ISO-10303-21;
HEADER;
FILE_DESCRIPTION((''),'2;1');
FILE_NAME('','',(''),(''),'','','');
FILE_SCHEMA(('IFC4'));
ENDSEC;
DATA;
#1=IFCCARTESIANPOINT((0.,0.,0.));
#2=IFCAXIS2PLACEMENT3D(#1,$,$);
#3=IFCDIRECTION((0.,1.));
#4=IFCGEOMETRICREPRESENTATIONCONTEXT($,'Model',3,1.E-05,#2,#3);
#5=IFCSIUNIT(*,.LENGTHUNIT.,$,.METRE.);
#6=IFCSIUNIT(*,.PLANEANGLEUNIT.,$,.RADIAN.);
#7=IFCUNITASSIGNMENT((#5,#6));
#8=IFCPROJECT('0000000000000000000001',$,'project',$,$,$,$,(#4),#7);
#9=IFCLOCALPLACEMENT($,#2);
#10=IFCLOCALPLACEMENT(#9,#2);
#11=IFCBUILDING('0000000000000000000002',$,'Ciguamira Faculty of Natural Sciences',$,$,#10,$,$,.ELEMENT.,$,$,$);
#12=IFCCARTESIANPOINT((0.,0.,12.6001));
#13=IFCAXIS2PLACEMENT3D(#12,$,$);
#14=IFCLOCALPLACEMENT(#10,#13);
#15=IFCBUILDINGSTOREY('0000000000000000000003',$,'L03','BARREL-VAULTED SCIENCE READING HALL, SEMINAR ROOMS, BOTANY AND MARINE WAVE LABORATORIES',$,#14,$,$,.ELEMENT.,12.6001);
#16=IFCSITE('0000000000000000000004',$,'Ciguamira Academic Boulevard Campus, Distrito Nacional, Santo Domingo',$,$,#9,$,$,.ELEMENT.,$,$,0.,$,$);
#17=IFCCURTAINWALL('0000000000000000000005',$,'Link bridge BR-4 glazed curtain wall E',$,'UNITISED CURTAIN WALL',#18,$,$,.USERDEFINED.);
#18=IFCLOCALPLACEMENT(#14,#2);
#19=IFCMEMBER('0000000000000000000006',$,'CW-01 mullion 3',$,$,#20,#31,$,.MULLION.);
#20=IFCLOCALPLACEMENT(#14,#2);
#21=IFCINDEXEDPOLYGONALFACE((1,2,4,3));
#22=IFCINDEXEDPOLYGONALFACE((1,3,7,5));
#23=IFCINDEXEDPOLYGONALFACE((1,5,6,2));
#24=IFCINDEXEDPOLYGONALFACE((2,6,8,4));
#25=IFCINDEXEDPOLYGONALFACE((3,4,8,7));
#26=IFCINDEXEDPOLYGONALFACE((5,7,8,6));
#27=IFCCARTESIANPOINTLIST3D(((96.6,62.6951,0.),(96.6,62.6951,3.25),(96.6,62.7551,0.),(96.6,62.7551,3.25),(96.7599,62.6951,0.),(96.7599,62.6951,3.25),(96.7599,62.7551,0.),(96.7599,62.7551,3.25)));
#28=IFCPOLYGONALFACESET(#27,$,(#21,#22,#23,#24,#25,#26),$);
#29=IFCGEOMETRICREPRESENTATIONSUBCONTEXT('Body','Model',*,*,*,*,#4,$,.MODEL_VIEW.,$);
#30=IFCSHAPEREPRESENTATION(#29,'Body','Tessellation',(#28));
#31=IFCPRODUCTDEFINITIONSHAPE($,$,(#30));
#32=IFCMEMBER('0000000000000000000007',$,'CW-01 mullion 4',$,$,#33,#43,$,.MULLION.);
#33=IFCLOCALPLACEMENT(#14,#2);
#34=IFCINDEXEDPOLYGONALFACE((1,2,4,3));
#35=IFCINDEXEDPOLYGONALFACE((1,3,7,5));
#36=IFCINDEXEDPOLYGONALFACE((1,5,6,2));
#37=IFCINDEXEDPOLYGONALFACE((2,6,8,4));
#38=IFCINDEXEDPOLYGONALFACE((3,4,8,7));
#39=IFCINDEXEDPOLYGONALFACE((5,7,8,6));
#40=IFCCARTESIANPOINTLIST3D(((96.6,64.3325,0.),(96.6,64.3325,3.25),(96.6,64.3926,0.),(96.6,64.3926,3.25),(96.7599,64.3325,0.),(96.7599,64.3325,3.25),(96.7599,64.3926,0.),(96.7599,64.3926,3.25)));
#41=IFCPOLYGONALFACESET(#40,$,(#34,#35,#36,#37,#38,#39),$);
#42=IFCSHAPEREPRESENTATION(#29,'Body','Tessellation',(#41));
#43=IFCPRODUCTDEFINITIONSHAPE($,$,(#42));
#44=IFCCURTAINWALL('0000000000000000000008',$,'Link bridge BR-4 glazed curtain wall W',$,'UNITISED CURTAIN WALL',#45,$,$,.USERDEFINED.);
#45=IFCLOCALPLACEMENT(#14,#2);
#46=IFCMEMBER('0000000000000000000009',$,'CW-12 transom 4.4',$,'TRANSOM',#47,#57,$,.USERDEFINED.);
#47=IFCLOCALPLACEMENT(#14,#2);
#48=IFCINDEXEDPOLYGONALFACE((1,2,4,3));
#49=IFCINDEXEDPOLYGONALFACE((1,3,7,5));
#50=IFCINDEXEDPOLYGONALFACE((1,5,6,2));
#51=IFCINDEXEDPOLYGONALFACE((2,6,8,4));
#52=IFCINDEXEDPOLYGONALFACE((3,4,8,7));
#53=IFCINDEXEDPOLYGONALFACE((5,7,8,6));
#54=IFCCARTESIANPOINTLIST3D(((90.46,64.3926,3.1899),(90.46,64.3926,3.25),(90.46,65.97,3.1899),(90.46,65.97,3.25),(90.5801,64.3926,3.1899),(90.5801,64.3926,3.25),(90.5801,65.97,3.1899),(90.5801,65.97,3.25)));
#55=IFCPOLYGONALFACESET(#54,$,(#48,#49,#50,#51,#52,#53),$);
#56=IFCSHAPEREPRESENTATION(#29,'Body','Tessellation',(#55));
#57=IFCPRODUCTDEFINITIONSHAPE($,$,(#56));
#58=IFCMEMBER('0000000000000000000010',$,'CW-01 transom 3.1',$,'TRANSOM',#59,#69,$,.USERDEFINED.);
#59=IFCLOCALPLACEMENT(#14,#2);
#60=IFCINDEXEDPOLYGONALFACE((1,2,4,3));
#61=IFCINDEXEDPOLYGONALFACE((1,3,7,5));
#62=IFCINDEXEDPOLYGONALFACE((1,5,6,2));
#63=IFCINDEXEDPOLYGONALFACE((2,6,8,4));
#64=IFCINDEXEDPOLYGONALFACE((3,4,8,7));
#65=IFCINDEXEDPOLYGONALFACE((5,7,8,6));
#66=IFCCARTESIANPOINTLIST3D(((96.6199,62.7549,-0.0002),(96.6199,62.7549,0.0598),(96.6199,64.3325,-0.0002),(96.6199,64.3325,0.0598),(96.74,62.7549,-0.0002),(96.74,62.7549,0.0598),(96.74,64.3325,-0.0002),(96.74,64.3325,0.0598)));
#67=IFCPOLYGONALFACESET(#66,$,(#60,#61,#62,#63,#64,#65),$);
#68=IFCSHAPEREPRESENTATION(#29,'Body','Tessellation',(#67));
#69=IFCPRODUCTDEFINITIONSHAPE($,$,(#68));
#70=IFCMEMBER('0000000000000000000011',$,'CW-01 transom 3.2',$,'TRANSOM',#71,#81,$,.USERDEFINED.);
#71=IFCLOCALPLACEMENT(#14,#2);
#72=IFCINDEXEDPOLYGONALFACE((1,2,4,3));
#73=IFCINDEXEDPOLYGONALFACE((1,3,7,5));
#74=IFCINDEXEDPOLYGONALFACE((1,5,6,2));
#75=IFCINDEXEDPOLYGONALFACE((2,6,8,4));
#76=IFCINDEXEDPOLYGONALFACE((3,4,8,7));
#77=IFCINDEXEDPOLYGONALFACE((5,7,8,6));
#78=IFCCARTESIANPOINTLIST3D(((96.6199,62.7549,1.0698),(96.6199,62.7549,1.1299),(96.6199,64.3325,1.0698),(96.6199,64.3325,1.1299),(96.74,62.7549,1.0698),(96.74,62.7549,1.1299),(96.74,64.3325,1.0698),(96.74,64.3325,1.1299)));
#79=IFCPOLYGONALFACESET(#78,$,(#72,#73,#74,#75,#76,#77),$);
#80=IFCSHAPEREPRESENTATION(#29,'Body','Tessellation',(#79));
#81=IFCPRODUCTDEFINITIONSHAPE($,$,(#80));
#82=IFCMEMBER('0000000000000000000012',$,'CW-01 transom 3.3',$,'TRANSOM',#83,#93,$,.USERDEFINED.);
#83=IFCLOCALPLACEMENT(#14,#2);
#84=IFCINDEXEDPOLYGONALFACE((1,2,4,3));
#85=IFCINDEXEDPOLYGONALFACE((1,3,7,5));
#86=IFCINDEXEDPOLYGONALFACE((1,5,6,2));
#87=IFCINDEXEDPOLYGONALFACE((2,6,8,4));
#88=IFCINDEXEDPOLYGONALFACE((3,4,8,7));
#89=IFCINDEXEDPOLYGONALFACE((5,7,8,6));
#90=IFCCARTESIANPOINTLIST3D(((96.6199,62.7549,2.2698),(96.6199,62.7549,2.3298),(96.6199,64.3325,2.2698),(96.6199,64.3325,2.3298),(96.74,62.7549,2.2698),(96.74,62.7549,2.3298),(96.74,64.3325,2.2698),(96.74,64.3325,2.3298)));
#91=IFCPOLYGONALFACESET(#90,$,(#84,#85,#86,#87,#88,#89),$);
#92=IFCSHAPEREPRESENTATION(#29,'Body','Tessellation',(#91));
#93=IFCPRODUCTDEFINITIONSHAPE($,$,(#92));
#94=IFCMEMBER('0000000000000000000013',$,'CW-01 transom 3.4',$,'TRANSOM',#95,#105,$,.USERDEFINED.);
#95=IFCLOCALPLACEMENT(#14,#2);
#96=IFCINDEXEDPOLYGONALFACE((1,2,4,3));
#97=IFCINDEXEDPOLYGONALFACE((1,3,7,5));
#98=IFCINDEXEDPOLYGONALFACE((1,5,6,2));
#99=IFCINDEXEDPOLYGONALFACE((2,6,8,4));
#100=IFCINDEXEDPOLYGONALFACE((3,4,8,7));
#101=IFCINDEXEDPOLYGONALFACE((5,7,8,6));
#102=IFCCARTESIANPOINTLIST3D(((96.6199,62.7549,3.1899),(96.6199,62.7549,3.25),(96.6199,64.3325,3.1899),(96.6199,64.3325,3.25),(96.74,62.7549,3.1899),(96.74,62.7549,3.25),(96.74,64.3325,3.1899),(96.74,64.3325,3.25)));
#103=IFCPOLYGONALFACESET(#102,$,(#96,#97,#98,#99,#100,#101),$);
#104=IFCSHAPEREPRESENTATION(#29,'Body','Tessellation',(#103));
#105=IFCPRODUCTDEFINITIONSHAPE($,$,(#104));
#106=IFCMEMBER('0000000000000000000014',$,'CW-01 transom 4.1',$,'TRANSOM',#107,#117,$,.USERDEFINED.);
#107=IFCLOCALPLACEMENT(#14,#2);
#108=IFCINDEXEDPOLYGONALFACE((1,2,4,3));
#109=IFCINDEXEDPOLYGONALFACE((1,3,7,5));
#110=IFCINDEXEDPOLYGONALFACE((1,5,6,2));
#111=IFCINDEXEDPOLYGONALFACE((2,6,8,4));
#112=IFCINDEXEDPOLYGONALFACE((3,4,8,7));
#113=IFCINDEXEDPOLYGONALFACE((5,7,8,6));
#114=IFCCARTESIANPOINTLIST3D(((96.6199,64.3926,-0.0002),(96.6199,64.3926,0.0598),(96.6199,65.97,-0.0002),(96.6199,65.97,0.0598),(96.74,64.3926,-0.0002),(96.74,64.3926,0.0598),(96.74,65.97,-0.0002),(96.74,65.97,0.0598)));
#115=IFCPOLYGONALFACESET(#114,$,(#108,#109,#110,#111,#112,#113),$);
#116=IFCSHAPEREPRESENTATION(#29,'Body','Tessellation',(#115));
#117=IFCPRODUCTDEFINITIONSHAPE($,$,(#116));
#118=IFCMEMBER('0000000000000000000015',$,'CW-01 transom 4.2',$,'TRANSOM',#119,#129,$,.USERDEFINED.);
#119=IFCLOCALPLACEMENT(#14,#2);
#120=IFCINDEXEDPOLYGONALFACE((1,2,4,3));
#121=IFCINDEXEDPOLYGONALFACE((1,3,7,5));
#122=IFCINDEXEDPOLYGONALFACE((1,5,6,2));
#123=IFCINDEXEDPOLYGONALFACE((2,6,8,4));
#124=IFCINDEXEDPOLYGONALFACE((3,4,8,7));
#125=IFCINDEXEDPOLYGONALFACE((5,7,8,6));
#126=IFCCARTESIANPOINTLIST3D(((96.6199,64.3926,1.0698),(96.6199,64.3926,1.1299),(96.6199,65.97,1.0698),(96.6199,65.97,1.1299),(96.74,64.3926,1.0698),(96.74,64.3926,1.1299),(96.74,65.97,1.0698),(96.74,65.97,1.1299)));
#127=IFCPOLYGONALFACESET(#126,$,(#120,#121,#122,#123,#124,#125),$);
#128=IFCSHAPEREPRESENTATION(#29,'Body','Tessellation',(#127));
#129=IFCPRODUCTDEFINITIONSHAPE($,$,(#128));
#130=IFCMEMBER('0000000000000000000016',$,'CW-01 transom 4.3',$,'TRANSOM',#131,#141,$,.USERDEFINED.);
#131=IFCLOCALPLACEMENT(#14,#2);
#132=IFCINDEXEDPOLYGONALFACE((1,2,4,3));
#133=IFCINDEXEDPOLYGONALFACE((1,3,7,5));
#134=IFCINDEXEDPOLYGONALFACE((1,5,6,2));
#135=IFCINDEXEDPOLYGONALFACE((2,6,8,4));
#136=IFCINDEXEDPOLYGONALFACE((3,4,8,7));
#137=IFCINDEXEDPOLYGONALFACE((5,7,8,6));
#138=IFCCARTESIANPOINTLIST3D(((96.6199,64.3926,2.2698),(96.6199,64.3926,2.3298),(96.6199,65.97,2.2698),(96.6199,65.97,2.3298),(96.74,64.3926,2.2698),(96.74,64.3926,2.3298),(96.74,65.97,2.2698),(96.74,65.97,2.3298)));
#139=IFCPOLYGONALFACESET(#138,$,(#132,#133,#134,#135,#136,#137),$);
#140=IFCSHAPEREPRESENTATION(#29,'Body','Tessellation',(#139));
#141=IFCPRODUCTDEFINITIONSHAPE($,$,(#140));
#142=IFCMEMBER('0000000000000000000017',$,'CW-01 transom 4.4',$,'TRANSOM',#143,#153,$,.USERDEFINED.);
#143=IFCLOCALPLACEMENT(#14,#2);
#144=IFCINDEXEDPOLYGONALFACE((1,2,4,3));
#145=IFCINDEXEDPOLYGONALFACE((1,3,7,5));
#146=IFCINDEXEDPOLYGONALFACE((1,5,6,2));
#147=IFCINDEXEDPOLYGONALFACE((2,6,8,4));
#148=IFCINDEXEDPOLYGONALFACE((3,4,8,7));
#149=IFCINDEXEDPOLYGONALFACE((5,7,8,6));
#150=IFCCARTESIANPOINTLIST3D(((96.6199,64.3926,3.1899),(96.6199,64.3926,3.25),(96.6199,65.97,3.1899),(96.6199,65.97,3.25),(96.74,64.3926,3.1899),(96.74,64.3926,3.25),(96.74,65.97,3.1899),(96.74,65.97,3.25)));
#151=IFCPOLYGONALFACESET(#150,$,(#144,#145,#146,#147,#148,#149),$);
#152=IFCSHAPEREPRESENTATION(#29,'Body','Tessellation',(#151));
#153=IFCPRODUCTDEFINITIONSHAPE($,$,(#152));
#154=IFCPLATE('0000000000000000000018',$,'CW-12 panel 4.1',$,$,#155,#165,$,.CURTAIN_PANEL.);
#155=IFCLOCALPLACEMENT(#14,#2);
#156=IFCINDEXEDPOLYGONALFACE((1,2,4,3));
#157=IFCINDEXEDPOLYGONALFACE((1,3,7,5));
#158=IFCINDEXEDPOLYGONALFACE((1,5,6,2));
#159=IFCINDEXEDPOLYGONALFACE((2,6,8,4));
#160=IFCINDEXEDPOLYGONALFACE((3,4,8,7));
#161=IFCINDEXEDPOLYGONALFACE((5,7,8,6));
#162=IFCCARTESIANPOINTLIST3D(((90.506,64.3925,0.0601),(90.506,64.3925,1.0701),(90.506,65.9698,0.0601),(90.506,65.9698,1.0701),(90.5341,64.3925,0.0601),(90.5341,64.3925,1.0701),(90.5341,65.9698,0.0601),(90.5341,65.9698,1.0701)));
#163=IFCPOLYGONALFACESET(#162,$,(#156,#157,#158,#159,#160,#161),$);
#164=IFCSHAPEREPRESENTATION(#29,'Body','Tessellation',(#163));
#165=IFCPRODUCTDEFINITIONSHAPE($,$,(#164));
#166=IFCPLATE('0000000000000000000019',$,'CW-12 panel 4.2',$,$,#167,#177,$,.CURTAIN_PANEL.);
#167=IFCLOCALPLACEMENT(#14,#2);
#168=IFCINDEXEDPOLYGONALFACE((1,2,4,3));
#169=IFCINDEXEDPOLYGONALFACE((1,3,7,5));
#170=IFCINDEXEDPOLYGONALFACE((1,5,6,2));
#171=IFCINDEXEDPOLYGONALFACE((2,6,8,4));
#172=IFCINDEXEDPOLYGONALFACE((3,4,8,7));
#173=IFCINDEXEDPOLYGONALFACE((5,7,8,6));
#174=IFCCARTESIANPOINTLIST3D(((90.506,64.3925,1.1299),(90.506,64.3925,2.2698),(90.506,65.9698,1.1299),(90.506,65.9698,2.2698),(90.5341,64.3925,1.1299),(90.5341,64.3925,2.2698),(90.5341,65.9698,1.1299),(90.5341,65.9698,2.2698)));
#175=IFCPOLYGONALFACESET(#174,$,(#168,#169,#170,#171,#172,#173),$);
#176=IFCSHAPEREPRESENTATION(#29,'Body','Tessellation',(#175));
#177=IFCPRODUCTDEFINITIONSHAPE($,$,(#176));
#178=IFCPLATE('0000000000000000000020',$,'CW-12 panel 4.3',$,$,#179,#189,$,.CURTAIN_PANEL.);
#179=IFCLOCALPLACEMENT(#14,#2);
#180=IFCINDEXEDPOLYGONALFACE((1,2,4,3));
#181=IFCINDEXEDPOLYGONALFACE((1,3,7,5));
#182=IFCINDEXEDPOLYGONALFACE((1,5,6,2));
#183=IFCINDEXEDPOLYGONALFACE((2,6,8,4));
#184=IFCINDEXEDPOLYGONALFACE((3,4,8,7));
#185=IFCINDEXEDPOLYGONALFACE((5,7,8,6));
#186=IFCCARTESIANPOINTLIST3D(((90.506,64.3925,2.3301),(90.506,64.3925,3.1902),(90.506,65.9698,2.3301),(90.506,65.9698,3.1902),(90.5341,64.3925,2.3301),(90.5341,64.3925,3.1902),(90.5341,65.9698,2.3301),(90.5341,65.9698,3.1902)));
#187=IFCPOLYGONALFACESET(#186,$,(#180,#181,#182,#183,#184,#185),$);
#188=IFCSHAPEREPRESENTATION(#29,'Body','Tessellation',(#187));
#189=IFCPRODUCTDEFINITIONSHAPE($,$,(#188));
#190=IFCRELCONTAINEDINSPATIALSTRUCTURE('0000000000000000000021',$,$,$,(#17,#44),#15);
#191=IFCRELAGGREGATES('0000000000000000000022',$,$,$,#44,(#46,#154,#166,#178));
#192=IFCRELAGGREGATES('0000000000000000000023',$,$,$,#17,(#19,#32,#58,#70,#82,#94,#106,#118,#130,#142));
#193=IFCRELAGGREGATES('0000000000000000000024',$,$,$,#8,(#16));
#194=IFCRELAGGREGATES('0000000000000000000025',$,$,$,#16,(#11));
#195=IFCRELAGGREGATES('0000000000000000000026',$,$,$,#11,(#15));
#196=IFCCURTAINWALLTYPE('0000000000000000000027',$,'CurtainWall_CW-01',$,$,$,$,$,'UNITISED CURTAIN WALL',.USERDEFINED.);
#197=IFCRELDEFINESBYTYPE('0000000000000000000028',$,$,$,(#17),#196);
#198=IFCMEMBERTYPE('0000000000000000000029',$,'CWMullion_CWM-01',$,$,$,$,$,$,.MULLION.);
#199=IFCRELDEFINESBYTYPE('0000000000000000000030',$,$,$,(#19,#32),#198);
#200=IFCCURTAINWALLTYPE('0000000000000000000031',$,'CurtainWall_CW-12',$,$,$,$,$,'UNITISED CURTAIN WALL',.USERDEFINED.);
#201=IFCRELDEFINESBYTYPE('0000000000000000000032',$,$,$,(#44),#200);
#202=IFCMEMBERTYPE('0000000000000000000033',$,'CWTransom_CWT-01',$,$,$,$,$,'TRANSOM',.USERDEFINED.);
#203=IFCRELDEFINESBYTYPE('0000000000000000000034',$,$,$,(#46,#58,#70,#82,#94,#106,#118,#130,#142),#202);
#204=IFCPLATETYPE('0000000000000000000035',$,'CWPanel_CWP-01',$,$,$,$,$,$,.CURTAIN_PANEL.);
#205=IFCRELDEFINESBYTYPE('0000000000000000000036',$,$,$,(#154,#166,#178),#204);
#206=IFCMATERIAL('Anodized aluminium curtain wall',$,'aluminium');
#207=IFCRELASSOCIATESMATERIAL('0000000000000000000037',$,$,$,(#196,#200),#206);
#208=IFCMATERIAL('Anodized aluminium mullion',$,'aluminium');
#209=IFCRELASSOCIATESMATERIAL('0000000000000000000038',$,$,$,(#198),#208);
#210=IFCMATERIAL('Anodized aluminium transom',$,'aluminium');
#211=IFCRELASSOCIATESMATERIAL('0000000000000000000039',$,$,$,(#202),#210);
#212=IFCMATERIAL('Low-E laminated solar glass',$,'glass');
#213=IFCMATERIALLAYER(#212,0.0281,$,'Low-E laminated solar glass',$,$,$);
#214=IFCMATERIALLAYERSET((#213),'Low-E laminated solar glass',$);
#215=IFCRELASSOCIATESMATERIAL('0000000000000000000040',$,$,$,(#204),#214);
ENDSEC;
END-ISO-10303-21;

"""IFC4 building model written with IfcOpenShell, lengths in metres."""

from ifc_helpers import new_model, si_unit, direction, frame, origin, origin_2d, place, context, subcontext, project, spatial, rectangle, extrude, material, layer, layer_set, material_profile, profile_set, type_object, element, aggregate, save


model = new_model("IFC4")

# Units and contexts
model_context = context("Model", 3, precision=1e-05, world=origin(), true_north=direction((0.0, 1.0)))
body_context = subcontext(model_context, "Body", "Model", "MODEL_VIEW")
ifc_project = project(units=[si_unit("LENGTHUNIT", "METRE"), si_unit("PLANEANGLEUNIT", "RADIAN")], contexts=[model_context])

# Site, building, storey
site_placement = place(None, origin())
site = spatial("IfcSite", under=ifc_project, at=site_placement, Name="Ciguamira Academic Boulevard Campus, Distrito Nacional, Santo Domingo", CompositionType="ELEMENT", RefElevation=0.0)
building_placement = place(site_placement, origin())
building = spatial("IfcBuilding", under=site, at=building_placement, Name="Ciguamira Faculty of Natural Sciences", CompositionType="ELEMENT")
storey_placement = place(building_placement, frame((0.0, 0.0, 12.6001)))
storey = spatial("IfcBuildingStorey", under=building, at=storey_placement, Name="L03", Description="BARREL-VAULTED SCIENCE READING HALL, SEMINAR ROOMS, BOTANY AND MARINE WAVE LABORATORIES", CompositionType="ELEMENT", Elevation=12.6001)

# Curtain wall, members
ifc_material_1 = material(Name="Anodized aluminium curtain wall", Category="aluminium")
curtain_wall_type_1 = type_object("IfcCurtainWallType", Name="CurtainWall_CW-01", ElementType="UNITISED CURTAIN WALL", PredefinedType="USERDEFINED", material=ifc_material_1)
curtain_wall_1_placement = place(storey_placement, origin())
curtain_wall_1 = element("IfcCurtainWall", 1, at=curtain_wall_1_placement, inside=storey, type_object=curtain_wall_type_1, Name="Link bridge BR-4 glazed curtain wall E", ObjectType="UNITISED CURTAIN WALL", PredefinedType="USERDEFINED")
ifc_material_2 = material(Name="Anodized aluminium mullion", Category="aluminium")
ifc_material_profile_1 = material_profile(ifc_material_2, rectangle(XDim=0.0601, YDim=0.1599, at=origin_2d()), Name="ALU-MUL-60X160")
ifc_profile_set_1 = profile_set([ifc_material_profile_1], Name="Anodized aluminium mullion")
member_type_1 = type_object("IfcMemberType", Name="CWMullion_CWM-01", PredefinedType="MULLION", material=ifc_profile_set_1)
member_1_placement = place(storey_placement, frame((96.6799, 62.7251, 0.0), z_axis=(0.0, 0.0, 1.0), x_axis=(0.0, 1.0, 0.0)))
member_1 = element("IfcMember", 2, at=member_1_placement, type_object=member_type_1, Name="CW-01 mullion 3", PredefinedType="MULLION", context=body_context, shape_type="SweptSolid", body=[
    extrude(rectangle(XDim=0.0601, YDim=0.1599, at=origin_2d()), origin(), (0.0, 0.0, 1.0), 3.25),
])
member_2_placement = place(storey_placement, frame((96.6799, 64.3625, 0.0), z_axis=(0.0, 0.0, 1.0), x_axis=(0.0, 1.0, 0.0)))
member_2 = element("IfcMember", 3, at=member_2_placement, type_object=member_type_1, Name="CW-01 mullion 4", PredefinedType="MULLION", context=body_context, shape_type="SweptSolid", body=[
    extrude(rectangle(XDim=0.0601, YDim=0.1599, at=origin_2d()), origin(), (0.0, 0.0, 1.0), 3.25),
])

# Curtain wall, member
curtain_wall_type_2 = type_object("IfcCurtainWallType", Name="CurtainWall_CW-12", ElementType="UNITISED CURTAIN WALL", PredefinedType="USERDEFINED", material=ifc_material_1)
curtain_wall_2_placement = place(storey_placement, origin())
curtain_wall_2 = element("IfcCurtainWall", 4, at=curtain_wall_2_placement, inside=storey, type_object=curtain_wall_type_2, Name="Link bridge BR-4 glazed curtain wall W", ObjectType="UNITISED CURTAIN WALL", PredefinedType="USERDEFINED")
ifc_material_3 = material(Name="Anodized aluminium transom", Category="aluminium")
ifc_material_profile_2 = material_profile(ifc_material_3, rectangle(XDim=0.0601, YDim=0.1201, at=origin_2d()), Name="ALU-TRN-60X120")
ifc_profile_set_2 = profile_set([ifc_material_profile_2], Name="Anodized aluminium transom")
member_type_2 = type_object("IfcMemberType", Name="CWTransom_CWT-01", ElementType="TRANSOM", PredefinedType="USERDEFINED", material=ifc_profile_set_2)
member_3_placement = place(storey_placement, frame((90.52, 64.3926, 3.22), z_axis=(0.0, 1.0, 0.0), x_axis=(0.0, 0.0, 1.0)))
member_3 = element("IfcMember", 5, at=member_3_placement, type_object=member_type_2, Name="CW-12 transom 4.4", ObjectType="TRANSOM", PredefinedType="USERDEFINED", context=body_context, shape_type="SweptSolid", body=[
    extrude(rectangle(XDim=0.0601, YDim=0.1201, at=origin_2d()), origin(), (0.0, 0.0, 1.0), 1.5774),
])

# Members
member_4_placement = place(storey_placement, frame((96.6799, 62.7549, 0.0298), z_axis=(0.0, 1.0, 0.0), x_axis=(0.0, 0.0, 1.0)))
member_4 = element("IfcMember", 6, at=member_4_placement, type_object=member_type_2, Name="CW-01 transom 3.1", ObjectType="TRANSOM", PredefinedType="USERDEFINED", context=body_context, shape_type="SweptSolid", body=[
    extrude(rectangle(XDim=0.0601, YDim=0.1201, at=origin_2d()), origin(), (0.0, 0.0, 1.0), 1.5776),
])
member_5_placement = place(storey_placement, frame((96.6799, 62.7549, 1.0999), z_axis=(0.0, 1.0, 0.0), x_axis=(0.0, 0.0, 1.0)))
member_5 = element("IfcMember", 7, at=member_5_placement, type_object=member_type_2, Name="CW-01 transom 3.2", ObjectType="TRANSOM", PredefinedType="USERDEFINED", context=body_context, shape_type="SweptSolid", body=[
    extrude(rectangle(XDim=0.0601, YDim=0.1201, at=origin_2d()), origin(), (0.0, 0.0, 1.0), 1.5776),
])
member_6_placement = place(storey_placement, frame((96.6799, 62.7549, 2.2998), z_axis=(0.0, 1.0, 0.0), x_axis=(0.0, 0.0, 1.0)))
member_6 = element("IfcMember", 8, at=member_6_placement, type_object=member_type_2, Name="CW-01 transom 3.3", ObjectType="TRANSOM", PredefinedType="USERDEFINED", context=body_context, shape_type="SweptSolid", body=[
    extrude(rectangle(XDim=0.0601, YDim=0.1201, at=origin_2d()), origin(), (0.0, 0.0, 1.0), 1.5776),
])
member_7_placement = place(storey_placement, frame((96.6799, 62.7549, 3.22), z_axis=(0.0, 1.0, 0.0), x_axis=(0.0, 0.0, 1.0)))
member_7 = element("IfcMember", 9, at=member_7_placement, type_object=member_type_2, Name="CW-01 transom 3.4", ObjectType="TRANSOM", PredefinedType="USERDEFINED", context=body_context, shape_type="SweptSolid", body=[
    extrude(rectangle(XDim=0.0601, YDim=0.1201, at=origin_2d()), origin(), (0.0, 0.0, 1.0), 1.5776),
])
member_8_placement = place(storey_placement, frame((96.6799, 64.3926, 0.0298), z_axis=(0.0, 1.0, 0.0), x_axis=(0.0, 0.0, 1.0)))
member_8 = element("IfcMember", 10, at=member_8_placement, type_object=member_type_2, Name="CW-01 transom 4.1", ObjectType="TRANSOM", PredefinedType="USERDEFINED", context=body_context, shape_type="SweptSolid", body=[
    extrude(rectangle(XDim=0.0601, YDim=0.1201, at=origin_2d()), origin(), (0.0, 0.0, 1.0), 1.5774),
])
member_9_placement = place(storey_placement, frame((96.6799, 64.3926, 1.0999), z_axis=(0.0, 1.0, 0.0), x_axis=(0.0, 0.0, 1.0)))
member_9 = element("IfcMember", 11, at=member_9_placement, type_object=member_type_2, Name="CW-01 transom 4.2", ObjectType="TRANSOM", PredefinedType="USERDEFINED", context=body_context, shape_type="SweptSolid", body=[
    extrude(rectangle(XDim=0.0601, YDim=0.1201, at=origin_2d()), origin(), (0.0, 0.0, 1.0), 1.5774),
])
member_10_placement = place(storey_placement, frame((96.6799, 64.3926, 2.2998), z_axis=(0.0, 1.0, 0.0), x_axis=(0.0, 0.0, 1.0)))
member_10 = element("IfcMember", 12, at=member_10_placement, type_object=member_type_2, Name="CW-01 transom 4.3", ObjectType="TRANSOM", PredefinedType="USERDEFINED", context=body_context, shape_type="SweptSolid", body=[
    extrude(rectangle(XDim=0.0601, YDim=0.1201, at=origin_2d()), origin(), (0.0, 0.0, 1.0), 1.5774),
])
member_11_placement = place(storey_placement, frame((96.6799, 64.3926, 3.22), z_axis=(0.0, 1.0, 0.0), x_axis=(0.0, 0.0, 1.0)))
member_11 = element("IfcMember", 13, at=member_11_placement, type_object=member_type_2, Name="CW-01 transom 4.4", ObjectType="TRANSOM", PredefinedType="USERDEFINED", context=body_context, shape_type="SweptSolid", body=[
    extrude(rectangle(XDim=0.0601, YDim=0.1201, at=origin_2d()), origin(), (0.0, 0.0, 1.0), 1.5774),
])

# Plates
ifc_material_4 = material(Name="Low-E laminated solar glass", Category="glass")
ifc_layer = layer(ifc_material_4, 0.0281, Name="Low-E laminated solar glass")
ifc_layer_set = layer_set([ifc_layer], Name="Low-E laminated solar glass")
plate_type = type_object("IfcPlateType", Name="CWPanel_CWP-01", PredefinedType="CURTAIN_PANEL", material=ifc_layer_set)
plate_1_placement = place(storey_placement, frame((90.52, 65.1812, 0.0601), z_axis=(0.0, 0.0, 1.0), x_axis=(0.0, 1.0, 0.0)))
plate_1 = element("IfcPlate", 14, at=plate_1_placement, type_object=plate_type, Name="CW-12 panel 4.1", PredefinedType="CURTAIN_PANEL", context=body_context, shape_type="SweptSolid", body=[
    extrude(rectangle(XDim=1.5774, YDim=0.0281, at=origin_2d()), origin(), (0.0, 0.0, 1.0), 1.01),
])
plate_2_placement = place(storey_placement, frame((90.52, 65.1812, 1.1299), z_axis=(0.0, 0.0, 1.0), x_axis=(0.0, 1.0, 0.0)))
plate_2 = element("IfcPlate", 15, at=plate_2_placement, type_object=plate_type, Name="CW-12 panel 4.2", PredefinedType="CURTAIN_PANEL", context=body_context, shape_type="SweptSolid", body=[
    extrude(rectangle(XDim=1.5774, YDim=0.0281, at=origin_2d()), origin(), (0.0, 0.0, 1.0), 1.1399),
])
plate_3_placement = place(storey_placement, frame((90.52, 65.1812, 2.3301), z_axis=(0.0, 0.0, 1.0), x_axis=(0.0, 1.0, 0.0)))
plate_3 = element("IfcPlate", 16, at=plate_3_placement, type_object=plate_type, Name="CW-12 panel 4.3", PredefinedType="CURTAIN_PANEL", context=body_context, shape_type="SweptSolid", body=[
    extrude(rectangle(XDim=1.5774, YDim=0.0281, at=origin_2d()), origin(), (0.0, 0.0, 1.0), 0.8601),
])
aggregate(curtain_wall_2, [member_3, plate_1, plate_2, plate_3])
aggregate(curtain_wall_1, [member_1, member_2, member_4, member_5, member_6, member_7, member_8, member_9, member_10, member_11])

save(model, "model.ifc")
